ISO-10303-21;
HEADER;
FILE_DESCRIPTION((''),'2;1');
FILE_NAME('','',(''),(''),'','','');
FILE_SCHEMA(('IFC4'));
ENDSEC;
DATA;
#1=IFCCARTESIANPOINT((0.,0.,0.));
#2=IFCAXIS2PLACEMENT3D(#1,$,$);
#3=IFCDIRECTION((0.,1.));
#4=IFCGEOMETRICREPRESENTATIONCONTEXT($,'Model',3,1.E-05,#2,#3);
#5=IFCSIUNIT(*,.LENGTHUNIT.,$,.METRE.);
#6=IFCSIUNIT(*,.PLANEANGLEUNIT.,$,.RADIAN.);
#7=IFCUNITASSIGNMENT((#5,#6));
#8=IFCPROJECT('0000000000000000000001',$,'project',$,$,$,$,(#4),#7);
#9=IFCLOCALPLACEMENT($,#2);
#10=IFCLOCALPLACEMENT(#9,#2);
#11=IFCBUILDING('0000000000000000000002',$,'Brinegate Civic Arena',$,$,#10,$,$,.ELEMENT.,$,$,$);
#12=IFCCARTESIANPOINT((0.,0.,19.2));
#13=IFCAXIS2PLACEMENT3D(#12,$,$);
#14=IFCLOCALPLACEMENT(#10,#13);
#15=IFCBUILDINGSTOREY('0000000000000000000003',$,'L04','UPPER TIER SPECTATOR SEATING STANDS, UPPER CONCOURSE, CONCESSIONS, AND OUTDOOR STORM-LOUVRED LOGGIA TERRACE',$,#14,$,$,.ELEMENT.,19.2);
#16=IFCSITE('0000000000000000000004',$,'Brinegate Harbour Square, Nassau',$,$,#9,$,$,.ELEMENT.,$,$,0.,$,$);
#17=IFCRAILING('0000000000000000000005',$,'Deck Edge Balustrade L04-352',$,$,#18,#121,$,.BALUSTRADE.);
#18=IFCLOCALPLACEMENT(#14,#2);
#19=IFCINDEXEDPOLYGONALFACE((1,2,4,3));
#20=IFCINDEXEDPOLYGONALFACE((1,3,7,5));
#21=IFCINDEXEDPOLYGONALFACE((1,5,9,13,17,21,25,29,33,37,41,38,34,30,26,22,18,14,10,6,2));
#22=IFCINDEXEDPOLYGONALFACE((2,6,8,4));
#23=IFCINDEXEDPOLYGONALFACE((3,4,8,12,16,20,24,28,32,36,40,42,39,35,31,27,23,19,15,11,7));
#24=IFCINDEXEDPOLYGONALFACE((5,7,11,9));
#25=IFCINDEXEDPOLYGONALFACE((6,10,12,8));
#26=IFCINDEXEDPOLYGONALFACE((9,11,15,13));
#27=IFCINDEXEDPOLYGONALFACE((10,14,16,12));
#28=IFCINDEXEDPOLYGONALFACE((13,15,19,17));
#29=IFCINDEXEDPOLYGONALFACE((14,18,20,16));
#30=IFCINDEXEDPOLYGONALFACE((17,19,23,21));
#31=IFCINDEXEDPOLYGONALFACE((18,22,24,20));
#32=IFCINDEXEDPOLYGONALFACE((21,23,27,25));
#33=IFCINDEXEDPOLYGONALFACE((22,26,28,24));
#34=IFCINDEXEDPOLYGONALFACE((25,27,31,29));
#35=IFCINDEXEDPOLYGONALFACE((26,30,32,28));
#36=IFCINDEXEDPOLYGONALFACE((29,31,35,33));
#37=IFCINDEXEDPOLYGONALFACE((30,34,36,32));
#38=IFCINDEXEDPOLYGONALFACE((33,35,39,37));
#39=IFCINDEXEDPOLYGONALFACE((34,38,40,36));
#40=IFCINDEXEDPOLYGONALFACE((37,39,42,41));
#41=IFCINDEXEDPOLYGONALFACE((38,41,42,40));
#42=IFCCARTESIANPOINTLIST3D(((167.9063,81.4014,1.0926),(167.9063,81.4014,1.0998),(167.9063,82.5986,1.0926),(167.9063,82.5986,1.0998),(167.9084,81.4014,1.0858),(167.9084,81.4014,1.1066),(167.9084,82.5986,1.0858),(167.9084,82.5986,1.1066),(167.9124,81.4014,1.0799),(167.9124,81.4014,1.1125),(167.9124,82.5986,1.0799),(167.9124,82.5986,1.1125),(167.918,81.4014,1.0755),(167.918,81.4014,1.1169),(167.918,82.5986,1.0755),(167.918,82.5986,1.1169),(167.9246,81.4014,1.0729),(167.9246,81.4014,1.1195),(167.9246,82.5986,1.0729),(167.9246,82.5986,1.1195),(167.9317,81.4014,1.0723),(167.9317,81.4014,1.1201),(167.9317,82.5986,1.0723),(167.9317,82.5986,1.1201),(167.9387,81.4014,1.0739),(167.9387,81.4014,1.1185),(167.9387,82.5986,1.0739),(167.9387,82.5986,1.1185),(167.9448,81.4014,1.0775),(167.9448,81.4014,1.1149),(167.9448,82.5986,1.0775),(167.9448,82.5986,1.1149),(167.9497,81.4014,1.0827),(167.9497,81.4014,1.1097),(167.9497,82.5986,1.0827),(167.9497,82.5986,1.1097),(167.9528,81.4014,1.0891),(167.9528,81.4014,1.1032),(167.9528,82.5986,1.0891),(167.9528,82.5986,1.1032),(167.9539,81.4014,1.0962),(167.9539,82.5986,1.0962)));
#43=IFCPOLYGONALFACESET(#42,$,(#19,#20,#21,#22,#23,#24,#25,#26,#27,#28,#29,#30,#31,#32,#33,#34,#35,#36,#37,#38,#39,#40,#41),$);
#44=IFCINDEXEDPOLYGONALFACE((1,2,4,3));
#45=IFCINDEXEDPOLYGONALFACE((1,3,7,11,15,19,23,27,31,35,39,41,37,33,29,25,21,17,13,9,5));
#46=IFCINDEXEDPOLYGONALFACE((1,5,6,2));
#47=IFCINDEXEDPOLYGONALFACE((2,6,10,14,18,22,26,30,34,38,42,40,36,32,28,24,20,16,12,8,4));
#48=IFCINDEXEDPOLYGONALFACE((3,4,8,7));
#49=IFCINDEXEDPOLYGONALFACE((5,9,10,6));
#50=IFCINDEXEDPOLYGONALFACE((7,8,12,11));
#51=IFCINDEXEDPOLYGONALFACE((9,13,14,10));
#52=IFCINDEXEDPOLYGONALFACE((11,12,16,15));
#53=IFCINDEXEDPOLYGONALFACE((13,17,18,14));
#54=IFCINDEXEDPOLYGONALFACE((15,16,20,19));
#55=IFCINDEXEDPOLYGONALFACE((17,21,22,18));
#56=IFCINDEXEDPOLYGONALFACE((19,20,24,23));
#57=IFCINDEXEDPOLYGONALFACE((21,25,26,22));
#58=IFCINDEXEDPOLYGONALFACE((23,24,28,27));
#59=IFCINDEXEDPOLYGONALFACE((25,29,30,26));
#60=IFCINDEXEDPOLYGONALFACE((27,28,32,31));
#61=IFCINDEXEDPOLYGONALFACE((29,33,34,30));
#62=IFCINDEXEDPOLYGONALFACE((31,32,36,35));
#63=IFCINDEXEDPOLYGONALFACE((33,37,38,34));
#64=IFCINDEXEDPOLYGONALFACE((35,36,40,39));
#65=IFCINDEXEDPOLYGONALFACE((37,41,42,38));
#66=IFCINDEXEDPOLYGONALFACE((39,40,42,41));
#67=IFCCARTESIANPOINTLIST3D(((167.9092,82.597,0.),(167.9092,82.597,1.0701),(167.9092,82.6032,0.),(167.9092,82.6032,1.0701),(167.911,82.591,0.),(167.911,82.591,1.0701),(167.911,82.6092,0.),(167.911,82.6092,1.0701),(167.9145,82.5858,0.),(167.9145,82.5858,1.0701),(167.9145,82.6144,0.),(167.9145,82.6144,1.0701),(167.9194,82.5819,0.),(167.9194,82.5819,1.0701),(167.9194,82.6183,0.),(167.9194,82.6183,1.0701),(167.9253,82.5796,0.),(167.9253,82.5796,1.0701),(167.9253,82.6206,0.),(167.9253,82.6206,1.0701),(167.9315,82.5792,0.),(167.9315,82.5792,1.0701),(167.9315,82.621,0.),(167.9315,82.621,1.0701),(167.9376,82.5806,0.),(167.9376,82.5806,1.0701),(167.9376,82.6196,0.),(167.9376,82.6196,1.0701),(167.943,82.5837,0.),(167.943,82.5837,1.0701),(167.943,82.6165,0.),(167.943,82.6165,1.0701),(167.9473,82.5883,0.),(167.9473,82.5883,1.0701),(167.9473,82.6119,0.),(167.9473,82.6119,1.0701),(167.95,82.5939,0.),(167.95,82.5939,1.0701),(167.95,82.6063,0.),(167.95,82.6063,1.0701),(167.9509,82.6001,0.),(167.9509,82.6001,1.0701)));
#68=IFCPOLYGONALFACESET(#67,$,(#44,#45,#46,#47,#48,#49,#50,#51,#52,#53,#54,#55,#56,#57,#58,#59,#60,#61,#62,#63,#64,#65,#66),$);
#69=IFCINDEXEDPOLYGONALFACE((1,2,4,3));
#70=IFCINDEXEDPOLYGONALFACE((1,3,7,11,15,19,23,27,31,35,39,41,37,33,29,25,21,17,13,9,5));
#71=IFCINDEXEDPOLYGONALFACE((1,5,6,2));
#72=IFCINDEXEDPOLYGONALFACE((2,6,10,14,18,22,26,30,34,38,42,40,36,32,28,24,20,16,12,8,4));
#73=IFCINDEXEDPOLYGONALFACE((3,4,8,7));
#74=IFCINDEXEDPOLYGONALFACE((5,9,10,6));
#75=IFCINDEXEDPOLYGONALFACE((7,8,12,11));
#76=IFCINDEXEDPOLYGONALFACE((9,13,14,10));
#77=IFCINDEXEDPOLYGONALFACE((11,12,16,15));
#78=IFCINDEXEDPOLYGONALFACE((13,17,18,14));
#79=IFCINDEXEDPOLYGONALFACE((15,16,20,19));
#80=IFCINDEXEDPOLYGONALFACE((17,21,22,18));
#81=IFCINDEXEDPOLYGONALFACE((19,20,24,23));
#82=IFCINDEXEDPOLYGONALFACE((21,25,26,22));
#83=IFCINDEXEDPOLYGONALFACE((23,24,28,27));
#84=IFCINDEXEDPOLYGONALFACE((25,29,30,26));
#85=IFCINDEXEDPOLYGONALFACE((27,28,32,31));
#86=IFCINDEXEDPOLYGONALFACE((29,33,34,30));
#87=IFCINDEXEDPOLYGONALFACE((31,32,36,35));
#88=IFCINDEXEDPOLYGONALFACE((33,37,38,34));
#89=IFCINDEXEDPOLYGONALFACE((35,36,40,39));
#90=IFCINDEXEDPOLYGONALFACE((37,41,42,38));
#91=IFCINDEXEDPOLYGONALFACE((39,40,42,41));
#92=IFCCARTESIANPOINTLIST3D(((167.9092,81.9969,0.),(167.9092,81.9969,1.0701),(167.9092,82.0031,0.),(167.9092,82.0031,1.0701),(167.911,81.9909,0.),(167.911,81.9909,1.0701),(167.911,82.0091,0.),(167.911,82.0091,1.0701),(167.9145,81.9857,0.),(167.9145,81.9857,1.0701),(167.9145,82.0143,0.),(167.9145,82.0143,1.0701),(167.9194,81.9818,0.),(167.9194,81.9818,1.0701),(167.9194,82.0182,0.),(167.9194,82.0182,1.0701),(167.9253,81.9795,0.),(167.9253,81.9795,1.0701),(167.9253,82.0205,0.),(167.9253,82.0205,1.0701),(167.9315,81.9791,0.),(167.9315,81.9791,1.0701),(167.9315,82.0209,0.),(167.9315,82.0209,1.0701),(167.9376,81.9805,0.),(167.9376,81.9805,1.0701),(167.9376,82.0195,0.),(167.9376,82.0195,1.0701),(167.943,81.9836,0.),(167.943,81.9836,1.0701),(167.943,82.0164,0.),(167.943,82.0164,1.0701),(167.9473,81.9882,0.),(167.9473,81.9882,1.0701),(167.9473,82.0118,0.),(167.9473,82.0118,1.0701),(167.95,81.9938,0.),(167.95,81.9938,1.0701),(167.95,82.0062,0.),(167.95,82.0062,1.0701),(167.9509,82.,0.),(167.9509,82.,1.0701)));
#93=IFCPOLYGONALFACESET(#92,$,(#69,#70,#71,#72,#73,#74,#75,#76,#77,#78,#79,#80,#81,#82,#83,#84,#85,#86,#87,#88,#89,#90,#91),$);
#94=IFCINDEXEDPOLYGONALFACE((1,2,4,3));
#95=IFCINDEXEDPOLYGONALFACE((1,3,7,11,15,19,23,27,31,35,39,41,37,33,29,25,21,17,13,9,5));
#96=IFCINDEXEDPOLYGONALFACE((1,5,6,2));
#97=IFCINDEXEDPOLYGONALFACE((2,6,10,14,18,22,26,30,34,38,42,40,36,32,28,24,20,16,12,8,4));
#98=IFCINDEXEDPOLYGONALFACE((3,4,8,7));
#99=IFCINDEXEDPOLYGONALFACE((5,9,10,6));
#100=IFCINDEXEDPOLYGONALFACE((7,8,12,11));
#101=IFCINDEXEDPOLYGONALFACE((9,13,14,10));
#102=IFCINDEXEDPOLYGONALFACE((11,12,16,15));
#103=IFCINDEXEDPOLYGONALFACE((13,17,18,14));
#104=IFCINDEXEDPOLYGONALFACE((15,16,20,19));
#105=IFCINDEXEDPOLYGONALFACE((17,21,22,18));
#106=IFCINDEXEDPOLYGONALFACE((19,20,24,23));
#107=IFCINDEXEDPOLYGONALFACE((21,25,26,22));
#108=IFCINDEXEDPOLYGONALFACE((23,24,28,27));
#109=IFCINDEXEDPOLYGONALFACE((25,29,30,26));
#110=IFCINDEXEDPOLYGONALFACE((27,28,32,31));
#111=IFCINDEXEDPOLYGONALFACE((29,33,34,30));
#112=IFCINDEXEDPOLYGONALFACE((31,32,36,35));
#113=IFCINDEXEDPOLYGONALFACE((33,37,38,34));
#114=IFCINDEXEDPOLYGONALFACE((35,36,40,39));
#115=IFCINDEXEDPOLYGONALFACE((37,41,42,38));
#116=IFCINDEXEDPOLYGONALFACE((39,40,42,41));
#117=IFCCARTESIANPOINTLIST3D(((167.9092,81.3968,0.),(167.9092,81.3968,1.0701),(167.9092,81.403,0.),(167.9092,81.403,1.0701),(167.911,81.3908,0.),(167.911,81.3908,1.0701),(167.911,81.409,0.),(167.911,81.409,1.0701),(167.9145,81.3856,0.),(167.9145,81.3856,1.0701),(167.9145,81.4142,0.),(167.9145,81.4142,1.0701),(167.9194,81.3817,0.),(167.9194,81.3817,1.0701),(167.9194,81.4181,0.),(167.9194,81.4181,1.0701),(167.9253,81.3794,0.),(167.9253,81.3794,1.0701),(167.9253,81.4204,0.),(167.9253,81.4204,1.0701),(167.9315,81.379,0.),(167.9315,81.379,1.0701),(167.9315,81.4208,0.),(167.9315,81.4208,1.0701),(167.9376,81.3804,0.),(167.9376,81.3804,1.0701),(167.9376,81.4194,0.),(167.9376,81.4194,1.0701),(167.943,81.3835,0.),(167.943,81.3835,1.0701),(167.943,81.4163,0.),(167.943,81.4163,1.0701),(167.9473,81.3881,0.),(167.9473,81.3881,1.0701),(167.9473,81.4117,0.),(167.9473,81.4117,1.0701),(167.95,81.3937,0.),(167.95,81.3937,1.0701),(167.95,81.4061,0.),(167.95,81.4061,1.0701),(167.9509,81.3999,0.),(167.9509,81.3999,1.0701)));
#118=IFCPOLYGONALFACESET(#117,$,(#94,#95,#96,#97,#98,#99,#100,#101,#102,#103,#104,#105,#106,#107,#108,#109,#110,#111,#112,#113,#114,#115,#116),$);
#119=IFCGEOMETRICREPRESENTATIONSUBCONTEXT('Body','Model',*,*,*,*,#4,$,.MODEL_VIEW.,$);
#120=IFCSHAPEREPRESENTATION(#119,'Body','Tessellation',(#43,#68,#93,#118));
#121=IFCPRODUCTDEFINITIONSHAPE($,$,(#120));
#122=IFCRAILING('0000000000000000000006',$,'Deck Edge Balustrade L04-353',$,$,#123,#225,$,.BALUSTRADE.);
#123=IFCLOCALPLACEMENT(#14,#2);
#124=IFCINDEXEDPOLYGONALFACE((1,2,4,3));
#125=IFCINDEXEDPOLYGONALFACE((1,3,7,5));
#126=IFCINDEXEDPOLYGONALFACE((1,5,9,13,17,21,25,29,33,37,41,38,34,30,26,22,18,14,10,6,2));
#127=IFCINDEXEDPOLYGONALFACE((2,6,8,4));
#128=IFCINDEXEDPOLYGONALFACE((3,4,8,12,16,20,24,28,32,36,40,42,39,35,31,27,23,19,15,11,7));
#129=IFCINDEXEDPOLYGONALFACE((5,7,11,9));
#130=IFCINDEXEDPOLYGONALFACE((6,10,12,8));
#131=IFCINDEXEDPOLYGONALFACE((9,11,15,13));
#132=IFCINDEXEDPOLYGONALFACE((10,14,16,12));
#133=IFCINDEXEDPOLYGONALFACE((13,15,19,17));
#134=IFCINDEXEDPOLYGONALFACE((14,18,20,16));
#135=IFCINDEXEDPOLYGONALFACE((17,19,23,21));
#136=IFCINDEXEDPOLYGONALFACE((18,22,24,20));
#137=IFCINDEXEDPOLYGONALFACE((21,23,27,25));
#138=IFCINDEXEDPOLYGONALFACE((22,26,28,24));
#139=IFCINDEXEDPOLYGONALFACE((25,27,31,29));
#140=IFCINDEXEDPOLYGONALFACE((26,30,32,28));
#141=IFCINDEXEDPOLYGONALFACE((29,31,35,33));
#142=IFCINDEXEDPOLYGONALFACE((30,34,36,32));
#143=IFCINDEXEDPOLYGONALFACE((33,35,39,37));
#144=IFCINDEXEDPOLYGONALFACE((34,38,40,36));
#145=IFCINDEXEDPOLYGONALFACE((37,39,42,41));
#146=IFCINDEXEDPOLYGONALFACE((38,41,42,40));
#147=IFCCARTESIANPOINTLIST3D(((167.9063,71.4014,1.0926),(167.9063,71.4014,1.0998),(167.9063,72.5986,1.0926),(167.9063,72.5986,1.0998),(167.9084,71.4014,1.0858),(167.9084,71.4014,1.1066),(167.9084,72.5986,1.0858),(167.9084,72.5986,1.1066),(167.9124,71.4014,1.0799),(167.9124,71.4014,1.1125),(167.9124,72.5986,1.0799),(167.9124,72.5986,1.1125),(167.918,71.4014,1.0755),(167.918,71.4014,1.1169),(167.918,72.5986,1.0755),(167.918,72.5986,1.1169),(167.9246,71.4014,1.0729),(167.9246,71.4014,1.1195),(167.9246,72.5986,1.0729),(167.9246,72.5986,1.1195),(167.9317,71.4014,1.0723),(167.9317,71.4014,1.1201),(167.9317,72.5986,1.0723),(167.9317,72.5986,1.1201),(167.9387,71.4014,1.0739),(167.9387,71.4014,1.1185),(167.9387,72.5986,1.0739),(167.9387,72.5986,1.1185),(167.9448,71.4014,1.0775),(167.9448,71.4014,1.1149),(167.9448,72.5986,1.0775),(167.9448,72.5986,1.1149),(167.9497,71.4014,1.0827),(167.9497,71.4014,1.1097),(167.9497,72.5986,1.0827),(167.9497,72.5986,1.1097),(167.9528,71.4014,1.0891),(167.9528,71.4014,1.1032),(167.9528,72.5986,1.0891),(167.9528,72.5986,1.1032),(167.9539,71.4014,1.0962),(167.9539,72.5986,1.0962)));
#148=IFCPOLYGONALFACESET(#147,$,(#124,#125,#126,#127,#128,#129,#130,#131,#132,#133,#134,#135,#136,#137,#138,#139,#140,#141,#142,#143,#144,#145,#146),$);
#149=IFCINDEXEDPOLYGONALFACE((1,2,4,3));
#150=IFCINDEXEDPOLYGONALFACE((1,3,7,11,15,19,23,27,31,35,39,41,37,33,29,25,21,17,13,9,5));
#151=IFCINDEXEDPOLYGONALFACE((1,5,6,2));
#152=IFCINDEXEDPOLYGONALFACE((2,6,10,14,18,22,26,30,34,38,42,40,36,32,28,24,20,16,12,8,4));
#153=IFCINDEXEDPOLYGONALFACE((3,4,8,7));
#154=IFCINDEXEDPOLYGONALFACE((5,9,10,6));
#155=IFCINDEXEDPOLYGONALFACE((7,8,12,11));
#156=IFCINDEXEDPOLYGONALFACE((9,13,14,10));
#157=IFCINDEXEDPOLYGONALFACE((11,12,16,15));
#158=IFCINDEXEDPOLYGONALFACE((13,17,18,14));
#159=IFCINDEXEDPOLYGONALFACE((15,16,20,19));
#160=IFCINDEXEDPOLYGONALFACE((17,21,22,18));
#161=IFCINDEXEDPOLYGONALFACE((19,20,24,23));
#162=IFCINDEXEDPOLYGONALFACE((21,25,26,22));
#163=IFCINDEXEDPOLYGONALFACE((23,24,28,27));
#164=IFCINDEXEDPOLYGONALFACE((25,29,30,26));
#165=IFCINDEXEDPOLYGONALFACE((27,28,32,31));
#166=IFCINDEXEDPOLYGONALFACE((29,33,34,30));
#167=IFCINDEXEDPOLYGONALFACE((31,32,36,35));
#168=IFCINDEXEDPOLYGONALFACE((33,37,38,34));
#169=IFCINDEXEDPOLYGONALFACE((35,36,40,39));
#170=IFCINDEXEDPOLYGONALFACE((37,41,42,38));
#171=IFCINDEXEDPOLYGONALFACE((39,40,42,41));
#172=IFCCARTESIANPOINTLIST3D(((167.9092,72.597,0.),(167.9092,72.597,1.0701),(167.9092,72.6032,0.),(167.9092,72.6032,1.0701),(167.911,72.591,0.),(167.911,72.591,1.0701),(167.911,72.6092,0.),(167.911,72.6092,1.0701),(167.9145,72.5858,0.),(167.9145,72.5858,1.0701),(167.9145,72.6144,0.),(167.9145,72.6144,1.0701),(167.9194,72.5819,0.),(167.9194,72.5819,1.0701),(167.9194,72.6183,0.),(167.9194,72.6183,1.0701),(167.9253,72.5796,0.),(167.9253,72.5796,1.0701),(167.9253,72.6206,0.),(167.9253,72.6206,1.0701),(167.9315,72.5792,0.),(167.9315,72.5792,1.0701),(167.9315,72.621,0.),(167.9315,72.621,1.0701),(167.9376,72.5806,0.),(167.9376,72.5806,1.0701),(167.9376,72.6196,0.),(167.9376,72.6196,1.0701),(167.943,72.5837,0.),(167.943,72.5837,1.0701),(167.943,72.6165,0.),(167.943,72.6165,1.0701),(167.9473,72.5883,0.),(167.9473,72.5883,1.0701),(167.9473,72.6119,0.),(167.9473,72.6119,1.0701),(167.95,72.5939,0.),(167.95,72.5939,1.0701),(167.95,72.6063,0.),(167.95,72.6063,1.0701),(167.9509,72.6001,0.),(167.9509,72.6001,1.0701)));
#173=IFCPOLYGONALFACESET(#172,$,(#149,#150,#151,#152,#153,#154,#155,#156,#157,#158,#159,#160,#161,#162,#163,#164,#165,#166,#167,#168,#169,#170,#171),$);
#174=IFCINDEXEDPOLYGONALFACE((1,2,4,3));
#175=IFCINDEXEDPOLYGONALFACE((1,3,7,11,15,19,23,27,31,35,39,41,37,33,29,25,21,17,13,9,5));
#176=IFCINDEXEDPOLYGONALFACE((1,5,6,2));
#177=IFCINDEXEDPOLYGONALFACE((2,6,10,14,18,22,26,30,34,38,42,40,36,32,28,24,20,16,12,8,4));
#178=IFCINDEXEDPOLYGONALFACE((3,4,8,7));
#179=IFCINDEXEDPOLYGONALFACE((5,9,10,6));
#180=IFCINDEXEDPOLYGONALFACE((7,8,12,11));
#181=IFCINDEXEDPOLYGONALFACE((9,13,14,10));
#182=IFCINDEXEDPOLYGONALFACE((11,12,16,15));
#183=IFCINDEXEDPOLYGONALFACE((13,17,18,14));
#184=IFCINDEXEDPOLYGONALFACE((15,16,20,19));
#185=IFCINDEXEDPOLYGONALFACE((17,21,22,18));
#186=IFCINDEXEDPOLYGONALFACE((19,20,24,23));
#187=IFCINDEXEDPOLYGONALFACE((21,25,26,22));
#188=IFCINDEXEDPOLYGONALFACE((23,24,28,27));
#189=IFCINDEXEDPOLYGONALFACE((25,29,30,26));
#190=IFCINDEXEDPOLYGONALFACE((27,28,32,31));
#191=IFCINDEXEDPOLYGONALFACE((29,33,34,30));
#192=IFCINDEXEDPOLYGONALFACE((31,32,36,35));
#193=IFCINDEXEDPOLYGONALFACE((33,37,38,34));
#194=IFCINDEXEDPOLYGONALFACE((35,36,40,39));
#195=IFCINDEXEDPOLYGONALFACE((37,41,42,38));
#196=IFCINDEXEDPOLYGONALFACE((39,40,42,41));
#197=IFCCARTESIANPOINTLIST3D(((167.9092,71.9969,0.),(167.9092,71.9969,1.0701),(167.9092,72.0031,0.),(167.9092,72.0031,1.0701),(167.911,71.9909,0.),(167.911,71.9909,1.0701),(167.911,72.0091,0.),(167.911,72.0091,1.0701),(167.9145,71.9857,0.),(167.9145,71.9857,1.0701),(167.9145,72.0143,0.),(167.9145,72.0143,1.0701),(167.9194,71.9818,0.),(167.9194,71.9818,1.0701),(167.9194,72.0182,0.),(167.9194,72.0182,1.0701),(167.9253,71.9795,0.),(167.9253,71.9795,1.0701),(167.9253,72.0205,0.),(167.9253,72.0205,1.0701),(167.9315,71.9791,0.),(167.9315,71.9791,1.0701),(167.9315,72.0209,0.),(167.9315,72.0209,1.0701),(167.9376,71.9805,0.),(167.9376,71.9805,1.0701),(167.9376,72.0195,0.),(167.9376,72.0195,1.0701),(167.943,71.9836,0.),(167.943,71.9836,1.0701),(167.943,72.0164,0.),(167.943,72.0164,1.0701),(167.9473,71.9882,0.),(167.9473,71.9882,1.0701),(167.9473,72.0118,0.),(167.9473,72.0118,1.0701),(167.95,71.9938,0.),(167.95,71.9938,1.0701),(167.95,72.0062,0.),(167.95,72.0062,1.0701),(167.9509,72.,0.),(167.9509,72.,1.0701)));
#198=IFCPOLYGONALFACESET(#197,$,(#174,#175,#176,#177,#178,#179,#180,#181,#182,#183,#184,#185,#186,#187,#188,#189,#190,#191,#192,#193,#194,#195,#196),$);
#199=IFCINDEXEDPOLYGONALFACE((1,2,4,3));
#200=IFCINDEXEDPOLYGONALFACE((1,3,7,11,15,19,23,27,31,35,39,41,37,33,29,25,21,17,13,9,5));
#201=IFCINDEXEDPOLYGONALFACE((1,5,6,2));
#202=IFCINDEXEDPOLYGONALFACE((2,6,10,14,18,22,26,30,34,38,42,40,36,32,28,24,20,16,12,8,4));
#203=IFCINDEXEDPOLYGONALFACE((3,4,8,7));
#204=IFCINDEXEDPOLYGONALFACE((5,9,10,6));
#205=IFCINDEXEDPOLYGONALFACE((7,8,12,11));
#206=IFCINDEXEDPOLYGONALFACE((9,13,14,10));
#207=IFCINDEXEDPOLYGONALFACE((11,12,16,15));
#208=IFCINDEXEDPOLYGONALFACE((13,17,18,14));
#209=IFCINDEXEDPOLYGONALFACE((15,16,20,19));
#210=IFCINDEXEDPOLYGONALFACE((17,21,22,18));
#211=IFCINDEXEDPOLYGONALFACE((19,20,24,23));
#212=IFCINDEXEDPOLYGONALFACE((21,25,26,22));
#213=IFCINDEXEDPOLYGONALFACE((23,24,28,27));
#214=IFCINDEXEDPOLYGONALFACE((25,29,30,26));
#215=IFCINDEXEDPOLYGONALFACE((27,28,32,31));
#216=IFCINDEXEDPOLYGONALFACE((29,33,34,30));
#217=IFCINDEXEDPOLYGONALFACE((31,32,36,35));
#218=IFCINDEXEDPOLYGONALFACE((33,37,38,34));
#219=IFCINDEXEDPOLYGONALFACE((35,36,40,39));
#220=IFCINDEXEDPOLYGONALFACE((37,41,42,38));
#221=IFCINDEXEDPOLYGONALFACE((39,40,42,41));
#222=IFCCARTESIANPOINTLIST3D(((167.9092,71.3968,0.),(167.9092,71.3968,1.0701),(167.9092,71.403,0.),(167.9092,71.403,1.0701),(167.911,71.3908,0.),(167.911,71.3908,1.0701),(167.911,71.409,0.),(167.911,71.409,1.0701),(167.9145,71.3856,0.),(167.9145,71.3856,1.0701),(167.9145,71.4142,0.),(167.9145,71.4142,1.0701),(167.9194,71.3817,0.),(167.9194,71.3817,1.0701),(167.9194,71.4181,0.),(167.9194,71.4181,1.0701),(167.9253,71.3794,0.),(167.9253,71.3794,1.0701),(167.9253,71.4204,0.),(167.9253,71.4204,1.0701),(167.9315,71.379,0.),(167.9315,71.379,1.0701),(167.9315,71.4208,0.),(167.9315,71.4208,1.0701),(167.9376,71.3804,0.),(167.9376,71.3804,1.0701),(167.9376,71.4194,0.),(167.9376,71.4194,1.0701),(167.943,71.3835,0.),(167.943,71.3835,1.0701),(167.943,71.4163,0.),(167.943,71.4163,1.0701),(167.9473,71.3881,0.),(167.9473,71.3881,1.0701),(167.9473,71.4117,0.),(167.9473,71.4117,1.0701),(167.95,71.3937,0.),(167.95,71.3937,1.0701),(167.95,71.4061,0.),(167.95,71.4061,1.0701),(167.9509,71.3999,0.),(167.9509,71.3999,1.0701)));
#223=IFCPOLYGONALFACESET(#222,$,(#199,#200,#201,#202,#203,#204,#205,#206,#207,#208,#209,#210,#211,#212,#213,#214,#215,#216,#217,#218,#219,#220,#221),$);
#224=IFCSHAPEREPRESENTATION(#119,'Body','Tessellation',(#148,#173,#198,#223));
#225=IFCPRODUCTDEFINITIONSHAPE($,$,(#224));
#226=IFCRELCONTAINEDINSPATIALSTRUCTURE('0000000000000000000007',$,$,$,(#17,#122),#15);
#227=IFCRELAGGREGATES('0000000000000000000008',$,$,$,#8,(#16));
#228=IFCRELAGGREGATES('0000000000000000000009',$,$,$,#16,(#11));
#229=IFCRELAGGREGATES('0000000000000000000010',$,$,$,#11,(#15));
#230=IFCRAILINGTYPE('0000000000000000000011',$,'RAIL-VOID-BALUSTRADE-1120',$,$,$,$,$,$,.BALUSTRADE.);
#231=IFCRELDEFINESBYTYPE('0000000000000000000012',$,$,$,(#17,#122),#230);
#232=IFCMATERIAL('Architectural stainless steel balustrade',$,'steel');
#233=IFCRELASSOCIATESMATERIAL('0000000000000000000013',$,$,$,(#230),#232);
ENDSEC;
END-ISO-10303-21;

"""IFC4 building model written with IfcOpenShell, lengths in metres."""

from ifc_helpers import new_model, si_unit, direction, frame, origin, origin_2d, place, context, subcontext, project, spatial, circle, extrude, material, type_object, element, save


model = new_model("IFC4")

# Units and contexts
model_context = context("Model", 3, precision=1e-05, world=origin(), true_north=direction((0.0, 1.0)))
body_context = subcontext(model_context, "Body", "Model", "MODEL_VIEW")
ifc_project = project(units=[si_unit("LENGTHUNIT", "METRE"), si_unit("PLANEANGLEUNIT", "RADIAN")], contexts=[model_context])

# Site, building, storey
site_placement = place(None, origin())
site = spatial("IfcSite", under=ifc_project, at=site_placement, Name="Brinegate Harbour Square, Nassau", CompositionType="ELEMENT", RefElevation=0.0)
building_placement = place(site_placement, origin())
building = spatial("IfcBuilding", under=site, at=building_placement, Name="Brinegate Civic Arena", CompositionType="ELEMENT")
storey_placement = place(building_placement, frame((0.0, 0.0, 19.2)))
storey = spatial("IfcBuildingStorey", under=building, at=storey_placement, Name="L04", Description="UPPER TIER SPECTATOR SEATING STANDS, UPPER CONCOURSE, CONCESSIONS, AND OUTDOOR STORM-LOUVRED LOGGIA TERRACE", CompositionType="ELEMENT", Elevation=19.2)

# Railings
ifc_material_1 = material(Name="Architectural stainless steel balustrade", Category="steel")
railing_type = type_object("IfcRailingType", Name="RAIL-VOID-BALUSTRADE-1120", PredefinedType="BALUSTRADE", material=ifc_material_1)
for number, where, name in (
    (1, (167.9299, 82.6001, 0.0), "Deck Edge Balustrade L04-352"),
    (2, (167.9299, 72.6001, 0.0), "Deck Edge Balustrade L04-353"),
):
    element("IfcRailing", number, at=place(storey_placement, frame(where)), inside=storey, type_object=railing_type, Name=name, PredefinedType="BALUSTRADE", context=body_context, shape_type="SweptSolid", body=[
        extrude(circle(Radius=0.0239, at=origin_2d()), frame((0.0, -0.0015, 1.0962), z_axis=(0.0, -1.0, 0.0), x_axis=(1.0, 0.0, 0.0)), (0.0, 0.0, 1.0), 1.1973),
        extrude(circle(Radius=0.021, at=origin_2d()), origin(), (0.0, 0.0, 1.0), 1.0701),
        extrude(circle(Radius=0.021, at=origin_2d()), frame((0.0, -0.6001, 0.0)), (0.0, 0.0, 1.0), 1.0701),
        extrude(circle(Radius=0.021, at=origin_2d()), frame((0.0, -1.2002, 0.0)), (0.0, 0.0, 1.0), 1.0701),
    ])

save(model, "model.ifc")
